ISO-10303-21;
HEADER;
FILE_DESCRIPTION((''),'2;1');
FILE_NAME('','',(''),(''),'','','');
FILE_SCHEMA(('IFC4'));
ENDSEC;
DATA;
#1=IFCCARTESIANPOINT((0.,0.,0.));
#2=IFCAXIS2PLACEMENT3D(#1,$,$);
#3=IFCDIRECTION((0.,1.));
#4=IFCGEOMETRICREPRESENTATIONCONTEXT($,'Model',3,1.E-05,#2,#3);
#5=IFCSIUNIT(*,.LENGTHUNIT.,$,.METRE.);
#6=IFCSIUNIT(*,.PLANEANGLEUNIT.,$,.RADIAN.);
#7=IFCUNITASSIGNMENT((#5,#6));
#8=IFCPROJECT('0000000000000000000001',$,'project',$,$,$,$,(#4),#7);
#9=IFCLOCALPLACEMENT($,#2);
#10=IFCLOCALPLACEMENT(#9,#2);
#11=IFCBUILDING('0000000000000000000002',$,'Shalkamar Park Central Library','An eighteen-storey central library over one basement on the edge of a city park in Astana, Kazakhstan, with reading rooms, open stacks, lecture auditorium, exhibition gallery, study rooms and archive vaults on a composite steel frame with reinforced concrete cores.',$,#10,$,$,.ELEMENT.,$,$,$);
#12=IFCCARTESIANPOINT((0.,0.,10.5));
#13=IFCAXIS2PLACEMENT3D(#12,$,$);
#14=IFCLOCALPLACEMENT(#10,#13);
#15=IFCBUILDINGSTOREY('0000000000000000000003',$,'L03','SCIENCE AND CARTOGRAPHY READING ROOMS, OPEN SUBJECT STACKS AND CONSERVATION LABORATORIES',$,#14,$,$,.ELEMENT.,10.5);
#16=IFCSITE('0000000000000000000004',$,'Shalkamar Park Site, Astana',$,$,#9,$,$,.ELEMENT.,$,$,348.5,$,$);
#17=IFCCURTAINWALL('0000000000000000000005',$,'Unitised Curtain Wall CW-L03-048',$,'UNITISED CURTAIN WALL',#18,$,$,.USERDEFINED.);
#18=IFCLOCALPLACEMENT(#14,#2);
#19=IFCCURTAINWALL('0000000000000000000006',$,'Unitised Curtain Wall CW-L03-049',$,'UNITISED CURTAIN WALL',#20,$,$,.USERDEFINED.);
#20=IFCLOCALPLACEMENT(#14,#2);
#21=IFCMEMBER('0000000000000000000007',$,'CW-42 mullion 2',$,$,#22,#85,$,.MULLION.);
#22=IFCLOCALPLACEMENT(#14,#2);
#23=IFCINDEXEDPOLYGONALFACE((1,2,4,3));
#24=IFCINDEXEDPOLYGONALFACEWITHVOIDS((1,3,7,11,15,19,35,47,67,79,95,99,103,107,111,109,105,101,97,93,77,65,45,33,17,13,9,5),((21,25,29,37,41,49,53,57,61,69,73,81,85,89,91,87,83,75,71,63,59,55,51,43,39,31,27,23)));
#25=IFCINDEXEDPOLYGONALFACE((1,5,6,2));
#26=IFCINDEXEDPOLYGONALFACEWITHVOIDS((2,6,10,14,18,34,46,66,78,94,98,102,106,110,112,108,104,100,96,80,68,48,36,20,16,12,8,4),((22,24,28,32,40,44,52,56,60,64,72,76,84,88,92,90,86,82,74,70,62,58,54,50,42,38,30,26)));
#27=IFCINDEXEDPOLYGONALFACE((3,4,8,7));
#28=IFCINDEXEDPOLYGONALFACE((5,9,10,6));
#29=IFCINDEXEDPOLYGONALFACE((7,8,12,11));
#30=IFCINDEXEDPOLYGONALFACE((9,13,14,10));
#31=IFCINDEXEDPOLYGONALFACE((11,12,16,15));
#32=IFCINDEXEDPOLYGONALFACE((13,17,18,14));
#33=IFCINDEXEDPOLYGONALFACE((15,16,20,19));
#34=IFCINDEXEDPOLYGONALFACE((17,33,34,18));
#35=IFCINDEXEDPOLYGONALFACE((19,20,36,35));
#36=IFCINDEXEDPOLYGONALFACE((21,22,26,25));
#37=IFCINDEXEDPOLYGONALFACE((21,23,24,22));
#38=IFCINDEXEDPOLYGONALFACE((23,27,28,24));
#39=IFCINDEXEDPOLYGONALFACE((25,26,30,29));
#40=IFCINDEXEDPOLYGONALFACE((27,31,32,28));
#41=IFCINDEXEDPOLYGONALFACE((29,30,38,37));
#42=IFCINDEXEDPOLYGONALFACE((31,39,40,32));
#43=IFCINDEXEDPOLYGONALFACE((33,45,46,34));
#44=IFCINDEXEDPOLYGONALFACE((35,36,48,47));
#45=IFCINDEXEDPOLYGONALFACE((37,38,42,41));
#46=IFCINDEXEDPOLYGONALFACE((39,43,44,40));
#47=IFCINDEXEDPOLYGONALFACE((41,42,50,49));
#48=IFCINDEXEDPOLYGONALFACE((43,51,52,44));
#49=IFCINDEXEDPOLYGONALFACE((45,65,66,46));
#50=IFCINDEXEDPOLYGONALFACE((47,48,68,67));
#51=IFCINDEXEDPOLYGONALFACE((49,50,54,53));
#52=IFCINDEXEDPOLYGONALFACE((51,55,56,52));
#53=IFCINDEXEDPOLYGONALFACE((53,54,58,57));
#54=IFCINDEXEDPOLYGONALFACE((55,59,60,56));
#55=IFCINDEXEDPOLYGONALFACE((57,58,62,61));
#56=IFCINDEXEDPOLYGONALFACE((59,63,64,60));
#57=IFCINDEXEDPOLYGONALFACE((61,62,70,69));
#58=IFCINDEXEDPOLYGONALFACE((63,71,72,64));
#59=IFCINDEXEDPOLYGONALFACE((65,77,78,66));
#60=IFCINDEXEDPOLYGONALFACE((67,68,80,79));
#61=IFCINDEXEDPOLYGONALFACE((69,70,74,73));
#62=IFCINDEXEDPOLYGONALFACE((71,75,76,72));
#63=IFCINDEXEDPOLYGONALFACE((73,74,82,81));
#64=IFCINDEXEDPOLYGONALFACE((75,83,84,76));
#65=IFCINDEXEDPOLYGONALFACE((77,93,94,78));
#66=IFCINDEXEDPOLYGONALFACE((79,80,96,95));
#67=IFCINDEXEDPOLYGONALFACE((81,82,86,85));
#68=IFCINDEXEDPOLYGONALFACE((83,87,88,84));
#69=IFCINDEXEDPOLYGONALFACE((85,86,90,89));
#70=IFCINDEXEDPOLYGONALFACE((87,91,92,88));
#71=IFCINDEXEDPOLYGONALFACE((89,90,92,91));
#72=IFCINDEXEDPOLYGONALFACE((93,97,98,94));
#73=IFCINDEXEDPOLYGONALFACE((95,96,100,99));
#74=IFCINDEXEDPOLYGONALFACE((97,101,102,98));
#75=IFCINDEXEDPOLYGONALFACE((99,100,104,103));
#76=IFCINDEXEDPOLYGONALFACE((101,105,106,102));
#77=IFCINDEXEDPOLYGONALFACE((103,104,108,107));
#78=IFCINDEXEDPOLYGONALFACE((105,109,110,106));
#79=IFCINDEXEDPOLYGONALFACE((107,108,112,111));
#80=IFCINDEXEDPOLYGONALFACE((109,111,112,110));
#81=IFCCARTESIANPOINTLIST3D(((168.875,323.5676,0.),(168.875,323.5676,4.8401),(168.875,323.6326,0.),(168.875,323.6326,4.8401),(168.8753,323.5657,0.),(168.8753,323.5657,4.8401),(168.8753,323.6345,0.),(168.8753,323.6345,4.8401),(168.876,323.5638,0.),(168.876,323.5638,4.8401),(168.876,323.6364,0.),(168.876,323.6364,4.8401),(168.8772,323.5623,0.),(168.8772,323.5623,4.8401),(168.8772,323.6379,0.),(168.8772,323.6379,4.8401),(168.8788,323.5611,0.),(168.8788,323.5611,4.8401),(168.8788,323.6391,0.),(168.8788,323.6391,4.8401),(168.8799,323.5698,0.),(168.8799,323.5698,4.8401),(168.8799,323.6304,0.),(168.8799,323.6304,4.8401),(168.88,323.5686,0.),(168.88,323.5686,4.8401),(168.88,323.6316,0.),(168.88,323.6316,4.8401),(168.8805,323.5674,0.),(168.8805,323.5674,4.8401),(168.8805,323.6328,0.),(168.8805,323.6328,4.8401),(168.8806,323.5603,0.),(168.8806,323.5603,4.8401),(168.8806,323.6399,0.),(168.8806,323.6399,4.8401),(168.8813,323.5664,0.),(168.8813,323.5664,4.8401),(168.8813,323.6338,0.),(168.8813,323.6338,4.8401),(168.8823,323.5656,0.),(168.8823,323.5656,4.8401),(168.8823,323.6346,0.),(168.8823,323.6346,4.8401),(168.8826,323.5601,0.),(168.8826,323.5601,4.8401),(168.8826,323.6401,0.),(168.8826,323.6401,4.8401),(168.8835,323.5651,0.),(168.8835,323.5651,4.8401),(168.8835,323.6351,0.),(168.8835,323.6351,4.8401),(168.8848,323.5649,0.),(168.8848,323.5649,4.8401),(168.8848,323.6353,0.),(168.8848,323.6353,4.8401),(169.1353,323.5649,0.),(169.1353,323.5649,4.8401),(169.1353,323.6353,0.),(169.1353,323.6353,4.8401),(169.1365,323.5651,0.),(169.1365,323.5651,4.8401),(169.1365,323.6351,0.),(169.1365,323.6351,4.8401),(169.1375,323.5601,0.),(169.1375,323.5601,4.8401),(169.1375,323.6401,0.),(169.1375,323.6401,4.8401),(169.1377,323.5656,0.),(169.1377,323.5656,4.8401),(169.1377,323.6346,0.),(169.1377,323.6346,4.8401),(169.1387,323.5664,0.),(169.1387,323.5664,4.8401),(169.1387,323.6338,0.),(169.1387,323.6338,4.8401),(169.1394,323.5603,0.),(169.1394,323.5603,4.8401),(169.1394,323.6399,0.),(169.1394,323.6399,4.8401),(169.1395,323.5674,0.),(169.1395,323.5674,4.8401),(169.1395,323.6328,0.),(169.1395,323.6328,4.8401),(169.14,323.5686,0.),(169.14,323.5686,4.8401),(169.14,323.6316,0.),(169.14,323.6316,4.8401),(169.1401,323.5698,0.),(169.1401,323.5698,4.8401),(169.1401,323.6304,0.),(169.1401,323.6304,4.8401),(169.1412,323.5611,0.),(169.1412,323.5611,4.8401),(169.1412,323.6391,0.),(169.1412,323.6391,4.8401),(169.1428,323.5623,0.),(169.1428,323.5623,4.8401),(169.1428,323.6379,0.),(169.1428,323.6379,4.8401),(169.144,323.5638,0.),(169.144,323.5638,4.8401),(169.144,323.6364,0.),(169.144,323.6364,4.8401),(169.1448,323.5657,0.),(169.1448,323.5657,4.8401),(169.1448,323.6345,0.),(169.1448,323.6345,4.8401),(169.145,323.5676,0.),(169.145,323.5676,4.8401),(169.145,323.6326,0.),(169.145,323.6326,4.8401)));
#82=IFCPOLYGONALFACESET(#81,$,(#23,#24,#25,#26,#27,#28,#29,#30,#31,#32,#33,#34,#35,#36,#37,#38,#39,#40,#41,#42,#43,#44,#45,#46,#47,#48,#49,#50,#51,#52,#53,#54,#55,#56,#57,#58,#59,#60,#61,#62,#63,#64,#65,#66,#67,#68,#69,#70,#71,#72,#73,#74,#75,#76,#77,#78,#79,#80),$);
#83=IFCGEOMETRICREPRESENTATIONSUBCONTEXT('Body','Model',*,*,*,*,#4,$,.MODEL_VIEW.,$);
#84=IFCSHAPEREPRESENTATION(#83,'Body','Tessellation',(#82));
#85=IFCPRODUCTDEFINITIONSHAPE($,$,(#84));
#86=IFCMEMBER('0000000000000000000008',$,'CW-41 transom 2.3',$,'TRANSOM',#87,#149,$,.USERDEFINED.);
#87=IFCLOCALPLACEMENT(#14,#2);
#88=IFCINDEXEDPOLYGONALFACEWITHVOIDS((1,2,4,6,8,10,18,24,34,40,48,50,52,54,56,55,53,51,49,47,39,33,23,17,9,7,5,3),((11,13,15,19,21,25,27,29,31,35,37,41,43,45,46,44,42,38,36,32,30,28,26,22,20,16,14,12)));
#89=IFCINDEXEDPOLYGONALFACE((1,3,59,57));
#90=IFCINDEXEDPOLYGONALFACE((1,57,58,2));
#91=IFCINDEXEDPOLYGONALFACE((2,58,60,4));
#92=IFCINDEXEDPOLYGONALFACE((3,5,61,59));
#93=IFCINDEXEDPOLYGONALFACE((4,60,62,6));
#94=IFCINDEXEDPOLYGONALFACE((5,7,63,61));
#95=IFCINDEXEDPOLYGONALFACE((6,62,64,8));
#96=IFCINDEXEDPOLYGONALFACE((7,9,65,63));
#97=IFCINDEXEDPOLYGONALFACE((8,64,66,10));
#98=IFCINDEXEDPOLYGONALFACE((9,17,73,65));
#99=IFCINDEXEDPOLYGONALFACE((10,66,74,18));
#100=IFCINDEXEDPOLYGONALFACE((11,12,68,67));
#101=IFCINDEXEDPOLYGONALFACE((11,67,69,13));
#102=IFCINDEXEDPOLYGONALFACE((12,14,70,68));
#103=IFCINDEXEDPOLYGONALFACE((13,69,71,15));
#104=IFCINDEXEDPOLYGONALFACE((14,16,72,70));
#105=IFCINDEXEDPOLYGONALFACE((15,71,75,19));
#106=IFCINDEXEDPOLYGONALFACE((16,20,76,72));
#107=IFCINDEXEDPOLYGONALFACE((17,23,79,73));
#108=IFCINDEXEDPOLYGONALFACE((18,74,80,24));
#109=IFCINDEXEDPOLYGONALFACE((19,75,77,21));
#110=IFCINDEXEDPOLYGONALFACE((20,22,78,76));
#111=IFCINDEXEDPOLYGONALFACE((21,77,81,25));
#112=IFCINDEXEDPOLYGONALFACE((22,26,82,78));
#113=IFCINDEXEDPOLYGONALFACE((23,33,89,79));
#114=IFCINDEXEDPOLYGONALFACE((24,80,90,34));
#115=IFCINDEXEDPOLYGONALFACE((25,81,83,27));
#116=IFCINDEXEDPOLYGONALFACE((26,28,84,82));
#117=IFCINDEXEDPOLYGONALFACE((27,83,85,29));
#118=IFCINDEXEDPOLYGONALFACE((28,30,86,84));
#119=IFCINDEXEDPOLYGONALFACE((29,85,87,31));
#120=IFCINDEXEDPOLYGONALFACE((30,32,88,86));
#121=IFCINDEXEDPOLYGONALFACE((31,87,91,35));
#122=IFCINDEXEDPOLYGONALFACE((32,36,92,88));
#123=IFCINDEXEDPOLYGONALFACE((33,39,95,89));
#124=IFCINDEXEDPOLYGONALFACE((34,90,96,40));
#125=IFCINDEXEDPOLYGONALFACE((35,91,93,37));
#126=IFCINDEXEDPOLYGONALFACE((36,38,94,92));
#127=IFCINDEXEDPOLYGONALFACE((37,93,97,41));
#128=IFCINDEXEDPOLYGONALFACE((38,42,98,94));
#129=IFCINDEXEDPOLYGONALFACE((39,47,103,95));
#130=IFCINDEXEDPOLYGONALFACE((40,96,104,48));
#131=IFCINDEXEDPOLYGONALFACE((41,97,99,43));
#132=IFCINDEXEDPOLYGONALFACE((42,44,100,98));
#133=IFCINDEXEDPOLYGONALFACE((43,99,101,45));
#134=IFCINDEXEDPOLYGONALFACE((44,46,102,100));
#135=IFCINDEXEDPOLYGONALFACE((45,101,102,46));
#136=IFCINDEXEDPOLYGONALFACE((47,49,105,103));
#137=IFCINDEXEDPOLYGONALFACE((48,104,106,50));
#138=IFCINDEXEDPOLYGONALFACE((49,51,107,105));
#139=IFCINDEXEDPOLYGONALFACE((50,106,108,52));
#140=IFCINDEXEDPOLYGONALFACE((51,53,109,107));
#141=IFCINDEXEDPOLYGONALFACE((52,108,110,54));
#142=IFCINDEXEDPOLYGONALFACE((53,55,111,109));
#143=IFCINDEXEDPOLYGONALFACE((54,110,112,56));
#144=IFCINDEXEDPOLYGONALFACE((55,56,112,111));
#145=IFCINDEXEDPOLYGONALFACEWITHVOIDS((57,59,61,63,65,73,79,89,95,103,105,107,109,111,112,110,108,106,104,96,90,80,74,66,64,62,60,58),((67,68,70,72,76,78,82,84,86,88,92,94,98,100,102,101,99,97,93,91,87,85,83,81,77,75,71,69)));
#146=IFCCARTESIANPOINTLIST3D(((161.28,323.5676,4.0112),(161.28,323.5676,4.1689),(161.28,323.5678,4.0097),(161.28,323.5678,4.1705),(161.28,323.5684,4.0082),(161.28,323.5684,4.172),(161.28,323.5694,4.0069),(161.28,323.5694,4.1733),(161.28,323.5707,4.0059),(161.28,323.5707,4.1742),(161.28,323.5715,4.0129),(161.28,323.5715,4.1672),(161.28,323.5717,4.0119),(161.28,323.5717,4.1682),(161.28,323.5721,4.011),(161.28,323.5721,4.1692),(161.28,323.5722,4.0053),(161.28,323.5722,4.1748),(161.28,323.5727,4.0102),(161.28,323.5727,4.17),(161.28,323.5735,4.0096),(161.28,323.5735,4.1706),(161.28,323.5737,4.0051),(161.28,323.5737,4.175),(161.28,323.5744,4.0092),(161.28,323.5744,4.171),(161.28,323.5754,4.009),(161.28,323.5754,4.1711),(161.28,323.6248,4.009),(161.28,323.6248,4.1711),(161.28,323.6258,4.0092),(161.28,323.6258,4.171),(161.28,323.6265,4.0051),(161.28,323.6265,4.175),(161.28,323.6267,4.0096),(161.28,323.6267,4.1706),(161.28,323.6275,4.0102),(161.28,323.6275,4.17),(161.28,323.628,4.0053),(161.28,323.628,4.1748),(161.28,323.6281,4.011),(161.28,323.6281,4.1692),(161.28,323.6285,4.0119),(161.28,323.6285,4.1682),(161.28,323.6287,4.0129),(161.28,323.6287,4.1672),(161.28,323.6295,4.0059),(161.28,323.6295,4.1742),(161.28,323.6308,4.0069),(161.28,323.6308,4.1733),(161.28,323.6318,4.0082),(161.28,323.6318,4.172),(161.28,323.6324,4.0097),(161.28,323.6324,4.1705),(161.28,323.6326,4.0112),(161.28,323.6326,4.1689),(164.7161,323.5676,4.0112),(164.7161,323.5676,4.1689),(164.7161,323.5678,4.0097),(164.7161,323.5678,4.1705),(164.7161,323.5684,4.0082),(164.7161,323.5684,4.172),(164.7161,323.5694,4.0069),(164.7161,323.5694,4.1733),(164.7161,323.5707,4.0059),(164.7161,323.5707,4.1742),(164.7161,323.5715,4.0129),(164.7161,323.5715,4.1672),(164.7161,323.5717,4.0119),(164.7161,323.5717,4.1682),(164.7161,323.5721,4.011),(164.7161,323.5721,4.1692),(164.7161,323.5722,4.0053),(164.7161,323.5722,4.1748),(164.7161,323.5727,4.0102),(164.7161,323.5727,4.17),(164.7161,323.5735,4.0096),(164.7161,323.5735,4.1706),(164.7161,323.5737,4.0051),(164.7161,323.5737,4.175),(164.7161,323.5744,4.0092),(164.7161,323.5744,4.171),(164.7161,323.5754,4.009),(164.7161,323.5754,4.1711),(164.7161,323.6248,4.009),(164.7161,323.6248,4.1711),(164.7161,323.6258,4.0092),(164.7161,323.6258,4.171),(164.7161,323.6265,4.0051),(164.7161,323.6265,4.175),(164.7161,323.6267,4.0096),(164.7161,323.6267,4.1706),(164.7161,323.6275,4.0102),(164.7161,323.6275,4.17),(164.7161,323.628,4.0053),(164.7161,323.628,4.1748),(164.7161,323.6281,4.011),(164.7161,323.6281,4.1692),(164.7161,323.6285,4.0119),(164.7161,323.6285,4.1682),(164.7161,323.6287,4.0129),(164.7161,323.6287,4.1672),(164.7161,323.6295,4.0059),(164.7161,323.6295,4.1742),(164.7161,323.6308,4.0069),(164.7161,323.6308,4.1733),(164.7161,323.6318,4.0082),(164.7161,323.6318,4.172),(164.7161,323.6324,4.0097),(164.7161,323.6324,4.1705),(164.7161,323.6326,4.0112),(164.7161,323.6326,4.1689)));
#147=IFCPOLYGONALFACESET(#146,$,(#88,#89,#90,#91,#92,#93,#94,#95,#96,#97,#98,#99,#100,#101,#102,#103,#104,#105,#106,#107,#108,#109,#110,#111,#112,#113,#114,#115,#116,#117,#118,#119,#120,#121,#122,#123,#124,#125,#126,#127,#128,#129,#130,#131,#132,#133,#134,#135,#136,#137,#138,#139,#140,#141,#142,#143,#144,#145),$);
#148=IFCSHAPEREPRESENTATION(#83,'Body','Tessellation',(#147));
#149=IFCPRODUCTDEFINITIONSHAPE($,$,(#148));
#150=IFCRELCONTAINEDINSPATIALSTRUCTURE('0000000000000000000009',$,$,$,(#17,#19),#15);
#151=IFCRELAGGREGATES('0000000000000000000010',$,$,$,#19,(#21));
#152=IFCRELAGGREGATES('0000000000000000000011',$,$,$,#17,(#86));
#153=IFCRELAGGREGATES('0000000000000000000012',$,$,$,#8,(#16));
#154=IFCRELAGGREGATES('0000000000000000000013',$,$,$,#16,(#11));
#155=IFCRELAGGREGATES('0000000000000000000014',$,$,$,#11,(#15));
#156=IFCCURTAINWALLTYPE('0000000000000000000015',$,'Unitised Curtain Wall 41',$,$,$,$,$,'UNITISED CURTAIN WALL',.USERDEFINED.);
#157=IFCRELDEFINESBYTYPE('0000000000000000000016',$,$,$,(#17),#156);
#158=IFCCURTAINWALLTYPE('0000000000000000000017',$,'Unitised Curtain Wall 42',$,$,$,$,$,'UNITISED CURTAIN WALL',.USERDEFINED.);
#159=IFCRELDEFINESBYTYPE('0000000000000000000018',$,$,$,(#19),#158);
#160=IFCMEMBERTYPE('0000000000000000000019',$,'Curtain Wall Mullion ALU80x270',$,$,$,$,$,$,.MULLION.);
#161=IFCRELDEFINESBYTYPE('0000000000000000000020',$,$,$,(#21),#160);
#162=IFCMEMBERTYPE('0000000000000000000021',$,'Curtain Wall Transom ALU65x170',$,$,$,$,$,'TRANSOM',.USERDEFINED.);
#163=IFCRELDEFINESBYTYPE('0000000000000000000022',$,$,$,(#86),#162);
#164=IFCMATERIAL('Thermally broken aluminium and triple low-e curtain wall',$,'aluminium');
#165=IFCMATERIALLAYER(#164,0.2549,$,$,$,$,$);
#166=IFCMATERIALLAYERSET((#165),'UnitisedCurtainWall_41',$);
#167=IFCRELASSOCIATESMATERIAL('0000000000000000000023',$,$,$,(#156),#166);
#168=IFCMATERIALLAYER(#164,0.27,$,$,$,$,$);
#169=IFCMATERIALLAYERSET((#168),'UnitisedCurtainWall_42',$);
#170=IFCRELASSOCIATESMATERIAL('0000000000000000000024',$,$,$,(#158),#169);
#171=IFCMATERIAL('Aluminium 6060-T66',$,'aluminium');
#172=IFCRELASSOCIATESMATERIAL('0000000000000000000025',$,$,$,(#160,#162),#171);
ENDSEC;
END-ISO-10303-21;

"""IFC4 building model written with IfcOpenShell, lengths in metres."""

from ifc_helpers import new_model, si_unit, direction, frame, origin, origin_2d, place, context, subcontext, project, spatial, hollow_rectangle, extrude, material, layer, layer_set, material_profile, profile_set, type_object, element, aggregate, save


model = new_model("IFC4")

# Units and contexts
model_context = context("Model", 3, precision=1e-05, world=origin(), true_north=direction((0.0, 1.0)))
body_context = subcontext(model_context, "Body", "Model", "MODEL_VIEW")
ifc_project = project(units=[si_unit("LENGTHUNIT", "METRE"), si_unit("PLANEANGLEUNIT", "RADIAN")], contexts=[model_context])

# Site, building, storey
site_placement = place(None, origin())
site = spatial("IfcSite", under=ifc_project, at=site_placement, Name="Shalkamar Park Site, Astana", CompositionType="ELEMENT", RefElevation=348.5)
building_placement = place(site_placement, origin())
building = spatial("IfcBuilding", under=site, at=building_placement, Name="Shalkamar Park Central Library", Description="An eighteen-storey central library over one basement on the edge of a city park in Astana, Kazakhstan, with reading rooms, open stacks, lecture auditorium, exhibition gallery, study rooms and archive vaults on a composite steel frame with reinforced concrete cores.", CompositionType="ELEMENT")
storey_placement = place(building_placement, frame((0.0, 0.0, 10.5)))
storey = spatial("IfcBuildingStorey", under=building, at=storey_placement, Name="L03", Description="SCIENCE AND CARTOGRAPHY READING ROOMS, OPEN SUBJECT STACKS AND CONSERVATION LABORATORIES", CompositionType="ELEMENT", Elevation=10.5)

# Curtain wall
ifc_material_1 = material(Name="Thermally broken aluminium and triple low-e curtain wall", Category="aluminium")
ifc_layer_1 = layer(ifc_material_1, 0.2549)
ifc_layer_set_1 = layer_set([ifc_layer_1], Name="UnitisedCurtainWall_41")
curtain_wall_type_1 = type_object("IfcCurtainWallType", Name="Unitised Curtain Wall 41", ElementType="UNITISED CURTAIN WALL", PredefinedType="USERDEFINED", material=ifc_layer_set_1)
curtain_wall_1_placement = place(storey_placement, origin())
curtain_wall_1 = element("IfcCurtainWall", 1, at=curtain_wall_1_placement, inside=storey, type_object=curtain_wall_type_1, Name="Unitised Curtain Wall CW-L03-048", ObjectType="UNITISED CURTAIN WALL", PredefinedType="USERDEFINED")
ifc_material_2 = material(Name="Aluminium 6060-T66", Category="aluminium")

# Curtain wall, member
ifc_layer_2 = layer(ifc_material_1, 0.27)
ifc_layer_set_2 = layer_set([ifc_layer_2], Name="UnitisedCurtainWall_42")
curtain_wall_type_2 = type_object("IfcCurtainWallType", Name="Unitised Curtain Wall 42", ElementType="UNITISED CURTAIN WALL", PredefinedType="USERDEFINED", material=ifc_layer_set_2)
curtain_wall_2_placement = place(storey_placement, origin())
curtain_wall_2 = element("IfcCurtainWall", 2, at=curtain_wall_2_placement, inside=storey, type_object=curtain_wall_type_2, Name="Unitised Curtain Wall CW-L03-049", ObjectType="UNITISED CURTAIN WALL", PredefinedType="USERDEFINED")
ifc_material_profile_1 = material_profile(ifc_material_2, hollow_rectangle(XDim=0.0801, YDim=0.27, WallThickness=0.0049, InnerFilletRadius=0.0049, OuterFilletRadius=0.0076, at=origin_2d()), Name="ALU 80x270x5")
ifc_profile_set_1 = profile_set([ifc_material_profile_1], Name="Aluminium 6060-T66")
member_type_1 = type_object("IfcMemberType", Name="Curtain Wall Mullion ALU80x270", PredefinedType="MULLION", material=ifc_profile_set_1)
member_1_placement = place(storey_placement, frame((169.01, 323.6001, 0.0), z_axis=(0.0, 0.0, 1.0), x_axis=(0.0, 1.0, 0.0)))
member_1 = element("IfcMember", 3, at=member_1_placement, type_object=member_type_1, Name="CW-42 mullion 2", PredefinedType="MULLION", context=body_context, shape_type="SweptSolid", body=[
    extrude(hollow_rectangle(XDim=0.0801, YDim=0.27, WallThickness=0.0049, InnerFilletRadius=0.0049, OuterFilletRadius=0.0076, at=origin_2d()), origin(), (0.0, 0.0, 1.0), 4.8401),
])

# Member
ifc_material_profile_2 = material_profile(ifc_material_2, hollow_rectangle(XDim=0.0649, YDim=0.1699, WallThickness=0.0039, InnerFilletRadius=0.0039, OuterFilletRadius=0.0061, at=origin_2d()), Name="ALU 65x170x4")
ifc_profile_set_2 = profile_set([ifc_material_profile_2], Name="Aluminium 6060-T66")
member_type_2 = type_object("IfcMemberType", Name="Curtain Wall Transom ALU65x170", ElementType="TRANSOM", PredefinedType="USERDEFINED", material=ifc_profile_set_2)
member_2_placement = place(storey_placement, frame((161.28, 323.6001, 4.0901), z_axis=(1.0, 0.0, 0.0), x_axis=(0.0, 1.0, 0.0)))
member_2 = element("IfcMember", 4, at=member_2_placement, type_object=member_type_2, Name="CW-41 transom 2.3", ObjectType="TRANSOM", PredefinedType="USERDEFINED", context=body_context, shape_type="SweptSolid", body=[
    extrude(hollow_rectangle(XDim=0.0649, YDim=0.1699, WallThickness=0.0039, InnerFilletRadius=0.0039, OuterFilletRadius=0.0061, at=origin_2d()), origin(), (0.0, 0.0, 1.0), 3.436),
])

aggregate(curtain_wall_2, [member_1])
aggregate(curtain_wall_1, [member_2])

save(model, "model.ifc")
